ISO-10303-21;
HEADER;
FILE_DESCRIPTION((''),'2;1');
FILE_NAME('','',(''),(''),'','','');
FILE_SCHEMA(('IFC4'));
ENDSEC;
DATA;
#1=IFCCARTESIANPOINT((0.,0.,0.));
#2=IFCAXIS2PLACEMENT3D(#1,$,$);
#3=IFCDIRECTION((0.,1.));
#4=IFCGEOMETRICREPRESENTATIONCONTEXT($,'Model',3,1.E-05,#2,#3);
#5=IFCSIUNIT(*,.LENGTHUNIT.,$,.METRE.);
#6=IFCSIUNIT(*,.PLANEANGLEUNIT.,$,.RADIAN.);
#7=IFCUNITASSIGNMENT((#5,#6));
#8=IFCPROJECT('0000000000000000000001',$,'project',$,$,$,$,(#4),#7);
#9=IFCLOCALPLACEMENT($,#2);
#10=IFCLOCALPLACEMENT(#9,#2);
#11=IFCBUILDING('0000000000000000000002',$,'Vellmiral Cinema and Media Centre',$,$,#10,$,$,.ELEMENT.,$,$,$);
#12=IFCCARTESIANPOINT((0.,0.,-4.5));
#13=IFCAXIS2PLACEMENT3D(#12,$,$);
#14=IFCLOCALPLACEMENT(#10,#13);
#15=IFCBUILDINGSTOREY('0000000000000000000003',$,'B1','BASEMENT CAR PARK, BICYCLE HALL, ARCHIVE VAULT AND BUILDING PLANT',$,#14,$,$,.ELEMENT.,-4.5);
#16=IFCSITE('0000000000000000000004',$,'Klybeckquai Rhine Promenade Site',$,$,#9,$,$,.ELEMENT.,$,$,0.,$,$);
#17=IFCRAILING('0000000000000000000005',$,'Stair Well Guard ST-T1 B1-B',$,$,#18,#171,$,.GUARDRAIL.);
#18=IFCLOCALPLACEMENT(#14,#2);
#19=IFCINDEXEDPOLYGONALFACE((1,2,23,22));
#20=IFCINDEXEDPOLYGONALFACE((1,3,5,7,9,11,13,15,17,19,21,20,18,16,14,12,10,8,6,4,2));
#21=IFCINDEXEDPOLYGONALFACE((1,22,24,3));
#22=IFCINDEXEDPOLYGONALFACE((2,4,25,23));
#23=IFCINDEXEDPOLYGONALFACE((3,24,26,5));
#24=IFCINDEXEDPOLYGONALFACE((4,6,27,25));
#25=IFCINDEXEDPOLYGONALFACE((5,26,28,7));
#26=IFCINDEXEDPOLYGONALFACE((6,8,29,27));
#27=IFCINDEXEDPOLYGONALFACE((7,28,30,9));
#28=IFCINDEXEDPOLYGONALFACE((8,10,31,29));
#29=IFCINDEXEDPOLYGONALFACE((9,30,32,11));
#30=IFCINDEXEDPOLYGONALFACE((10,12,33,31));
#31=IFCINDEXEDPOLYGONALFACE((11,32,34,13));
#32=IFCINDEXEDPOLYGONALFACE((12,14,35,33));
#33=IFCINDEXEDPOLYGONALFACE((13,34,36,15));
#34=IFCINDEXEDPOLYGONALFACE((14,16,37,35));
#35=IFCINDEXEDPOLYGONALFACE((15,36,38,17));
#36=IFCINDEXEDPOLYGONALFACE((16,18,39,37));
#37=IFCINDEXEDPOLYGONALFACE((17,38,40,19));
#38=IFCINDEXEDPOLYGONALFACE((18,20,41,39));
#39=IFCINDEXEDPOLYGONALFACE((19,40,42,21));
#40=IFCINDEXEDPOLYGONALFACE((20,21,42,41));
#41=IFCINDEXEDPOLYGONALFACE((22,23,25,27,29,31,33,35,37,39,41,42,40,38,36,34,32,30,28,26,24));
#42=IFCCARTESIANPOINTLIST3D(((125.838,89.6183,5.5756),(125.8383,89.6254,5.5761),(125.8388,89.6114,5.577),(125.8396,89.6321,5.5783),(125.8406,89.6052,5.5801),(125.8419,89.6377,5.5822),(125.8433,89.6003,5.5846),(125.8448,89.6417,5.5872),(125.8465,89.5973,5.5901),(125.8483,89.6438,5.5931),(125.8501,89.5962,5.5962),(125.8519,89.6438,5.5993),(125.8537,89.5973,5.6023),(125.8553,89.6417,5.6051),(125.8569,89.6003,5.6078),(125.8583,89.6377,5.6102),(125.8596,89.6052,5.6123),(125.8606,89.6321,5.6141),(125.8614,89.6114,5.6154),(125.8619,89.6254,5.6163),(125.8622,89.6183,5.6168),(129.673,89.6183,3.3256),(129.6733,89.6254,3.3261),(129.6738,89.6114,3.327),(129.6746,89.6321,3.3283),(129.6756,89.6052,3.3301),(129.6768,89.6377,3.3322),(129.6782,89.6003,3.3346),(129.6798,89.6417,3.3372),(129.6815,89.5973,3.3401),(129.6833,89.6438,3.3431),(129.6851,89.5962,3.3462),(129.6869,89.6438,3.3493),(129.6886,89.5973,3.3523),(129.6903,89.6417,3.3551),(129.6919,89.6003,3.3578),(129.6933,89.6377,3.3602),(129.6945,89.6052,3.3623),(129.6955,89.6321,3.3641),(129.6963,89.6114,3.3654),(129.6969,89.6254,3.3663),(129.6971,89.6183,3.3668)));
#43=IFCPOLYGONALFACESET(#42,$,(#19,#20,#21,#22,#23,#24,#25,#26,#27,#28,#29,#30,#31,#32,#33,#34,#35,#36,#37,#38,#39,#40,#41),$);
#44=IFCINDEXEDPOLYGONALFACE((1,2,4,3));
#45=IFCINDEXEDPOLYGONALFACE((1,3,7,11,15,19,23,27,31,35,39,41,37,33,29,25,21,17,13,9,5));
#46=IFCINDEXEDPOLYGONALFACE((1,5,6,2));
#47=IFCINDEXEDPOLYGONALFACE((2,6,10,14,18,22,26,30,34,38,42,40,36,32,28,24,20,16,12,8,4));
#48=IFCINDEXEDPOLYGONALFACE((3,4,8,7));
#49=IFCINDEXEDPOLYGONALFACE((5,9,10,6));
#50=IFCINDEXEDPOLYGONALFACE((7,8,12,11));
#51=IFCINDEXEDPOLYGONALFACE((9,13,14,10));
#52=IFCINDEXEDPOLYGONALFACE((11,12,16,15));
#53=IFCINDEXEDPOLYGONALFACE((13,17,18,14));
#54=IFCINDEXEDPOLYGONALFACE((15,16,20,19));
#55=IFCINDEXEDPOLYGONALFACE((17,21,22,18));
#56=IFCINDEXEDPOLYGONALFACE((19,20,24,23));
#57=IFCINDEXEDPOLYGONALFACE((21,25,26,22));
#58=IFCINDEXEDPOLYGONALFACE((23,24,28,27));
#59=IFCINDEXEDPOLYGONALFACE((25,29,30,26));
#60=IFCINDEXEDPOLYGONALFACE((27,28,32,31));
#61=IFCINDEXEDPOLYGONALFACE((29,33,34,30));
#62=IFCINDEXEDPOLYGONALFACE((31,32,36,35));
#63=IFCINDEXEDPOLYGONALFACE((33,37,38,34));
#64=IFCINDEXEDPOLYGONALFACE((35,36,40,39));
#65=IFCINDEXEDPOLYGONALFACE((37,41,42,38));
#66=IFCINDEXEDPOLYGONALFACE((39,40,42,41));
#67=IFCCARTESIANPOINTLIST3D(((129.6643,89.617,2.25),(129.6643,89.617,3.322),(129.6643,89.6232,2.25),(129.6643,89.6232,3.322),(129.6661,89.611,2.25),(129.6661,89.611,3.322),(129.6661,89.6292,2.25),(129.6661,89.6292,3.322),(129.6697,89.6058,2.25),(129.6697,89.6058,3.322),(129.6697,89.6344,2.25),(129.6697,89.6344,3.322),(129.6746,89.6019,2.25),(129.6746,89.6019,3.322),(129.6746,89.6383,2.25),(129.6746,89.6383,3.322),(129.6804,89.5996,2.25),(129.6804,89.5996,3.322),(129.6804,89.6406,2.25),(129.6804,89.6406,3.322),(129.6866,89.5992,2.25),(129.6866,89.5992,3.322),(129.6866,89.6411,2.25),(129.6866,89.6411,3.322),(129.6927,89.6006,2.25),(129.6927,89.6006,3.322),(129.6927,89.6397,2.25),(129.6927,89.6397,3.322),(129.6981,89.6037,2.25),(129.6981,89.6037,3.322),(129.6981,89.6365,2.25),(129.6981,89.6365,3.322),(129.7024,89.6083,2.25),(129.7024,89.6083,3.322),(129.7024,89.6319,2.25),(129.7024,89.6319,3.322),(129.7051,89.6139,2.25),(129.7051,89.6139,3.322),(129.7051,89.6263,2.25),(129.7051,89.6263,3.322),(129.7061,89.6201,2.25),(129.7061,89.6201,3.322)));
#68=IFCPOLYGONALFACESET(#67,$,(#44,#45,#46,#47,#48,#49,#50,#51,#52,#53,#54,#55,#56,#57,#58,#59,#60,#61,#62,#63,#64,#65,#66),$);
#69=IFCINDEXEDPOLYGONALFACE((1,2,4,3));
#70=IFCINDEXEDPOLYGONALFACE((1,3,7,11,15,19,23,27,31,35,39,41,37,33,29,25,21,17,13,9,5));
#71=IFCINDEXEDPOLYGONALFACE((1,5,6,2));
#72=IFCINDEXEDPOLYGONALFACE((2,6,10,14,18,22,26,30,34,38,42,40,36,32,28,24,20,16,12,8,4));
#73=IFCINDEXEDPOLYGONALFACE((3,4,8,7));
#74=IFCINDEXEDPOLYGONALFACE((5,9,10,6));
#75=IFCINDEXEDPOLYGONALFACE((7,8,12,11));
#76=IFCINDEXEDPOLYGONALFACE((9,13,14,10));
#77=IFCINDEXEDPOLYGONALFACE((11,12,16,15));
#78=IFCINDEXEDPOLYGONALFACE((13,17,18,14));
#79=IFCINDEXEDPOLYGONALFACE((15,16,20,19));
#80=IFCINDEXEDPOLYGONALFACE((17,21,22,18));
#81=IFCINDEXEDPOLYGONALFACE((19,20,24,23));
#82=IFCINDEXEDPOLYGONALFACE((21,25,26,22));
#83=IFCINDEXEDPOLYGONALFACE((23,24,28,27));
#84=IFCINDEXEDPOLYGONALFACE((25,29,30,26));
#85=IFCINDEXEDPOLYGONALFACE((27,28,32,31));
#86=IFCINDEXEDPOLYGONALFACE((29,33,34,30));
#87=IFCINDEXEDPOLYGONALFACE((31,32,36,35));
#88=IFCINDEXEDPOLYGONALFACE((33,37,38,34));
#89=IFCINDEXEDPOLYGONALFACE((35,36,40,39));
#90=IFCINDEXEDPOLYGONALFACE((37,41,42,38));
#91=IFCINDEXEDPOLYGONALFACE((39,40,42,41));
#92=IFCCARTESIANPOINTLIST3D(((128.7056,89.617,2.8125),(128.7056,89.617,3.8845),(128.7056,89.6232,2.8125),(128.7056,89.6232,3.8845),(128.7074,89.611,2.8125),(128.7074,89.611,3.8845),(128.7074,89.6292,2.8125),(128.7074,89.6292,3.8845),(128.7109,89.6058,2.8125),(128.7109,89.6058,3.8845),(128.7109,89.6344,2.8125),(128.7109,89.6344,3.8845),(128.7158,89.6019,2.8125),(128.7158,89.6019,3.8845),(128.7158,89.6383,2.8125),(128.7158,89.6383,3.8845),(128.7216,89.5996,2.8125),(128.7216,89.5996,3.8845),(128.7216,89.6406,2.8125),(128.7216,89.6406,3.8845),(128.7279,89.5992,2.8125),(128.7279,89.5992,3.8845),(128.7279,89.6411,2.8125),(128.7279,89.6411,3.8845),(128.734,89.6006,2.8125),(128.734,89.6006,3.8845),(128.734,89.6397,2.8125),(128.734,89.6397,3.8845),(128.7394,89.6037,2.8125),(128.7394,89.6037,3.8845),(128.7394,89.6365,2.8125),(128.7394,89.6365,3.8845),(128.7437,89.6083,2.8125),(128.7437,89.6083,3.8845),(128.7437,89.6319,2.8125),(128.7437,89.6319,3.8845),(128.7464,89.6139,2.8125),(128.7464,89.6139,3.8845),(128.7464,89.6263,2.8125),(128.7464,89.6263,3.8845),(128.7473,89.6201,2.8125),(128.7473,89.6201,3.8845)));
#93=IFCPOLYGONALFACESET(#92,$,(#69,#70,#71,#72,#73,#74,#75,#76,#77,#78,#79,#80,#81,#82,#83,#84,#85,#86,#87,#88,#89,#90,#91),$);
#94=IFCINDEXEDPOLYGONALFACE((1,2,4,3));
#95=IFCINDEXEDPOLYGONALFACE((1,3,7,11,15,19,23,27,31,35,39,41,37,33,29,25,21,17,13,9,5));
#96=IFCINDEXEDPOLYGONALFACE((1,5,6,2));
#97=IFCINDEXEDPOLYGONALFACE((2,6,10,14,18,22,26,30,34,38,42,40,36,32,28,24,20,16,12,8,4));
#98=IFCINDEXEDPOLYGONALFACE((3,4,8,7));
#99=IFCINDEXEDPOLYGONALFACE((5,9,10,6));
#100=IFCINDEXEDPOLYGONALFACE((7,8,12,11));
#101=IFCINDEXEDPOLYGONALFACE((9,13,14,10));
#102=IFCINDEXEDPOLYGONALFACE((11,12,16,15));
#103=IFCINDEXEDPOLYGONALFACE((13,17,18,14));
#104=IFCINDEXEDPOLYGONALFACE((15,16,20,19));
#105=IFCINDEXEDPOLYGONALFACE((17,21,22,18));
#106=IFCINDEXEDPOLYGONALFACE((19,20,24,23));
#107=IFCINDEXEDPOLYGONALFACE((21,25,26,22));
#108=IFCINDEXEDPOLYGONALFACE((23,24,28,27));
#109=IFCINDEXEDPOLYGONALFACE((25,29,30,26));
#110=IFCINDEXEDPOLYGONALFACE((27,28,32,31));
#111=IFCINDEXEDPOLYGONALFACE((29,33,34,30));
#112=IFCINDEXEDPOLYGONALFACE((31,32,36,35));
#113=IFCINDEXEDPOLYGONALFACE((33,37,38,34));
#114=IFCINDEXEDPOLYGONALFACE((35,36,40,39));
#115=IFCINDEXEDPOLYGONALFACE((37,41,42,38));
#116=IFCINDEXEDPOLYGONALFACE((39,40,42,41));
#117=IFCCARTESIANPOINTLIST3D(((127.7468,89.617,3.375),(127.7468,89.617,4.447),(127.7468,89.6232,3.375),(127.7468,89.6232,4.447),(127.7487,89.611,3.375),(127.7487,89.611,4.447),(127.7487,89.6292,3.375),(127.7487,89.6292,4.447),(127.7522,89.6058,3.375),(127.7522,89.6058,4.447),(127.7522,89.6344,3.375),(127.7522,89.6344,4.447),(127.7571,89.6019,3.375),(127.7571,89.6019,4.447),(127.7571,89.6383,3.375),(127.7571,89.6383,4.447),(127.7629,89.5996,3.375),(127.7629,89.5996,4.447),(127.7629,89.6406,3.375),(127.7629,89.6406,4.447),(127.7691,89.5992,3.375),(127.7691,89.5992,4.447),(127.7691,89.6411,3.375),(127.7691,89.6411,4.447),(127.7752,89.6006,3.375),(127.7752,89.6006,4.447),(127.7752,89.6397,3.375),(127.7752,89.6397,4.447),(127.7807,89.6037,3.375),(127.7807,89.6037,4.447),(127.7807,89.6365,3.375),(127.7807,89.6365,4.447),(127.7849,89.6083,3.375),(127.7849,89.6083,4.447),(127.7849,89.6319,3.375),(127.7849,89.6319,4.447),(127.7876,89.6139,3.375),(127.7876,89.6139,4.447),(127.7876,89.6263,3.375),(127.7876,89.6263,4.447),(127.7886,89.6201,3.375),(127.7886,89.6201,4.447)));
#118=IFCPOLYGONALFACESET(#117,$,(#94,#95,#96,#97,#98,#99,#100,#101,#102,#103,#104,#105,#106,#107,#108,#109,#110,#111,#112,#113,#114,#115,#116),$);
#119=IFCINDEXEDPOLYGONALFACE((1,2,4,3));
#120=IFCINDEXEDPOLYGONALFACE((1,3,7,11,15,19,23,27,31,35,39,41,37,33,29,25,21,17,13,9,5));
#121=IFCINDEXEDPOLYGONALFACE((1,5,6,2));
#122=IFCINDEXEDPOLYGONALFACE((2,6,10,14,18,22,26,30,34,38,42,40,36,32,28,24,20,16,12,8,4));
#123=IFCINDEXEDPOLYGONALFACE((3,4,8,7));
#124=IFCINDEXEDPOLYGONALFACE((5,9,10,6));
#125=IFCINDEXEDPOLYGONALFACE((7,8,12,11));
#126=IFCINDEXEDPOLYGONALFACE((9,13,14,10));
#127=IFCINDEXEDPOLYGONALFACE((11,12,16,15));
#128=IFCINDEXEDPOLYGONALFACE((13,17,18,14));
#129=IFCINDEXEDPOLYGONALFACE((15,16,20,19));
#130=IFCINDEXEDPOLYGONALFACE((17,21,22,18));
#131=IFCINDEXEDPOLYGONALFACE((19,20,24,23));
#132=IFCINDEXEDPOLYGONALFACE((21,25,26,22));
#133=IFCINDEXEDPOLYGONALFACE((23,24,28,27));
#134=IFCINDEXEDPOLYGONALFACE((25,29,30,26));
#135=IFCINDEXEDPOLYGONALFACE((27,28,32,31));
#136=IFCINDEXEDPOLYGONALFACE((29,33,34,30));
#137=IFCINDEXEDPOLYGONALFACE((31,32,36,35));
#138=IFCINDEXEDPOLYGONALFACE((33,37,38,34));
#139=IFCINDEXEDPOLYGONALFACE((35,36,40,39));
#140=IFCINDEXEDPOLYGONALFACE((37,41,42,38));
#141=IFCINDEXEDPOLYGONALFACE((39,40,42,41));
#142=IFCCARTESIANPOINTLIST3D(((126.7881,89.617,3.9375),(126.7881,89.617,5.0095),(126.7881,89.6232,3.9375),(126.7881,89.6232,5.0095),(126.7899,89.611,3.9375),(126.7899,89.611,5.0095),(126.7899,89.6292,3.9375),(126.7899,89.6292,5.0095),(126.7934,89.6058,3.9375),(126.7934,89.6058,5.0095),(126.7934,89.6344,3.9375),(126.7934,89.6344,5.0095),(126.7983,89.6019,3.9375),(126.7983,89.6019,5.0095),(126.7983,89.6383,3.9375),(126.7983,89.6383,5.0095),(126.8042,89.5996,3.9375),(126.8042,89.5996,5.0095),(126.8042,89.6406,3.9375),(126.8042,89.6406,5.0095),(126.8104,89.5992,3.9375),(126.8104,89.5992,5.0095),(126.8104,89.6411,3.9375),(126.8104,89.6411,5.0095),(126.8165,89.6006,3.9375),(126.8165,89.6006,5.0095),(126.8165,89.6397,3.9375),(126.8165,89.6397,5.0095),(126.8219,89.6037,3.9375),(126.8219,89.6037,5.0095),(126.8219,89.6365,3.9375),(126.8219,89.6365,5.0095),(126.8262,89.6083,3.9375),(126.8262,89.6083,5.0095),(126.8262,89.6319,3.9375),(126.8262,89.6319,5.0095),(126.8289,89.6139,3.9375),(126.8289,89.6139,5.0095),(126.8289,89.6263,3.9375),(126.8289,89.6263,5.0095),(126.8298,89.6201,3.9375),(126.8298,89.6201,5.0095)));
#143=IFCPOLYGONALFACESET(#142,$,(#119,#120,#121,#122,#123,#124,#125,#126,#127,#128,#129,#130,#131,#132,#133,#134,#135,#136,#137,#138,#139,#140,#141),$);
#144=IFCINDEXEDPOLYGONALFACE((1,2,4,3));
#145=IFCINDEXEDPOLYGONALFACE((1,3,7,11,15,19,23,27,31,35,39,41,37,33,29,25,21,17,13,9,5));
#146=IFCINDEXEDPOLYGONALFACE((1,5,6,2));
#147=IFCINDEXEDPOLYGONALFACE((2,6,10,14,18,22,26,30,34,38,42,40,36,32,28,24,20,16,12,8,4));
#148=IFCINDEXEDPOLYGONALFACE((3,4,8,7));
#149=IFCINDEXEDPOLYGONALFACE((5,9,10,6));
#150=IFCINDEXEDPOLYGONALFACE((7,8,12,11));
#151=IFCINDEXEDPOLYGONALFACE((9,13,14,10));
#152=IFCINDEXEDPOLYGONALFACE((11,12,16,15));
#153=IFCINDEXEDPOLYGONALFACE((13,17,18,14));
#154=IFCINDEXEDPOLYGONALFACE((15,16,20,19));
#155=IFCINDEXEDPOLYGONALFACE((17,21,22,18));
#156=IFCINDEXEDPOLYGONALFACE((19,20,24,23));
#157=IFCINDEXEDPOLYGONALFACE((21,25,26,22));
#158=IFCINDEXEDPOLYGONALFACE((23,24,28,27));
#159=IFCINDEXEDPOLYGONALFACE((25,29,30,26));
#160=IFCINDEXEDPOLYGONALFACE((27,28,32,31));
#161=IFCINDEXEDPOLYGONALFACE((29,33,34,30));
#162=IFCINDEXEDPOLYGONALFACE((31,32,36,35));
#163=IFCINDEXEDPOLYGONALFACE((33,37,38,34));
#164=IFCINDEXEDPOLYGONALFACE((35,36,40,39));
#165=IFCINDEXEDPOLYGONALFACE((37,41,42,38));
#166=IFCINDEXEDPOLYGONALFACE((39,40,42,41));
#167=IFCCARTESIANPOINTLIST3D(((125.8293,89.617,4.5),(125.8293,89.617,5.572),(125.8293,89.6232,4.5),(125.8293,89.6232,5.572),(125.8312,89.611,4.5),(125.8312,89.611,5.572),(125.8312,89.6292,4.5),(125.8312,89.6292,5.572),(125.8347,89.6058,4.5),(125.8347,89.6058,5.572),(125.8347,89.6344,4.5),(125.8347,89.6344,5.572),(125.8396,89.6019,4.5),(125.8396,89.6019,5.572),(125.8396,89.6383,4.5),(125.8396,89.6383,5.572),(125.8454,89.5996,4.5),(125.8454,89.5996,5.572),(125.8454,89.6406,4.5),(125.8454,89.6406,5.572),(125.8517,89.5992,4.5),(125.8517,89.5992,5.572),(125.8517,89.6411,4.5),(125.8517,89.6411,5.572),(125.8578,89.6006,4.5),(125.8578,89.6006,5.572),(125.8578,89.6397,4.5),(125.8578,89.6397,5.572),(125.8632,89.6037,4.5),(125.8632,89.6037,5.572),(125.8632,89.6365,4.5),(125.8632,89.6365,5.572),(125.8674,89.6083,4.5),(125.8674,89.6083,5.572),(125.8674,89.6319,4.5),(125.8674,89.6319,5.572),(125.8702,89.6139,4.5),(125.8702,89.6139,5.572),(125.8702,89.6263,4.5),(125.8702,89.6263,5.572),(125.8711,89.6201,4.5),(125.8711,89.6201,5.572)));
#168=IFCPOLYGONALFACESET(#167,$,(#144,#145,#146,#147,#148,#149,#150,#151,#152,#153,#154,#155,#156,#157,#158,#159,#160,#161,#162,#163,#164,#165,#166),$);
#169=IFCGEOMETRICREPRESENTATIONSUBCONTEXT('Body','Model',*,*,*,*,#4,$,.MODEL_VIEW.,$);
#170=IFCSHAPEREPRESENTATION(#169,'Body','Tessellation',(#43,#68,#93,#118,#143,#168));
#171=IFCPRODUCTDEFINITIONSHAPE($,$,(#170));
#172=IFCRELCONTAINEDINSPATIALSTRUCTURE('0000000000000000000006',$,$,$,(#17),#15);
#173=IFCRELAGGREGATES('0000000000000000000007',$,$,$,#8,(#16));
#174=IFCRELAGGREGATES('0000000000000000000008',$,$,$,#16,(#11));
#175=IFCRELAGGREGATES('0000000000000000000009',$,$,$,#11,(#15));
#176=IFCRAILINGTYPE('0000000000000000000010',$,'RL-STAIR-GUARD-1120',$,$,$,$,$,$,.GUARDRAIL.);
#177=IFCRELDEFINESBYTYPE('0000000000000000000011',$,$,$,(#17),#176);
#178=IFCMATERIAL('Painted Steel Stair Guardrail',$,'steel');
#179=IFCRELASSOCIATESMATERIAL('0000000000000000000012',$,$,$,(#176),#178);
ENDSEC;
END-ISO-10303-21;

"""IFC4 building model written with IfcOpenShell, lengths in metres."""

from ifc_helpers import new_model, si_unit, direction, frame, origin, origin_2d, place, context, subcontext, project, spatial, circle, extrude, material, type_object, element, save


model = new_model("IFC4")

# Units and contexts
model_context = context("Model", 3, precision=1e-05, world=origin(), true_north=direction((0.0, 1.0)))
body_context = subcontext(model_context, "Body", "Model", "MODEL_VIEW")
ifc_project = project(units=[si_unit("LENGTHUNIT", "METRE"), si_unit("PLANEANGLEUNIT", "RADIAN")], contexts=[model_context])

# Site, building, storey
site_placement = place(None, origin())
site = spatial("IfcSite", under=ifc_project, at=site_placement, Name="Klybeckquai Rhine Promenade Site", CompositionType="ELEMENT", RefElevation=0.0)
building_placement = place(site_placement, origin())
building = spatial("IfcBuilding", under=site, at=building_placement, Name="Vellmiral Cinema and Media Centre", CompositionType="ELEMENT")
storey_placement = place(building_placement, frame((0.0, 0.0, -4.5)))
storey = spatial("IfcBuildingStorey", under=building, at=storey_placement, Name="B1", Description="BASEMENT CAR PARK, BICYCLE HALL, ARCHIVE VAULT AND BUILDING PLANT", CompositionType="ELEMENT", Elevation=-4.5)

# Railing
ifc_material_1 = material(Name="Painted Steel Stair Guardrail", Category="steel")
railing_type_1 = type_object("IfcRailingType", Name="RL-STAIR-GUARD-1120", PredefinedType="GUARDRAIL", material=ifc_material_1)
railing_1_placement = place(storey_placement, frame((129.6851, 89.6201, 2.25)))
element("IfcRailing", 1, at=railing_1_placement, inside=storey, type_object=railing_type_1, Name="Stair Well Guard ST-T1 B1-B", PredefinedType="GUARDRAIL", context=body_context, shape_type="SweptSolid", body=[
    extrude(circle(Radius=0.0239, at=origin_2d()), frame((0.0, 0.0, 1.0962), z_axis=(-0.86251, 0.0, 0.506041), x_axis=(0.0, -1.0, 0.0)), (0.0, 0.0, 1.0), 4.4463),
    extrude(circle(Radius=0.021, at=origin_2d()), origin(), (0.0, 0.0, 1.0), 1.072),
    extrude(circle(Radius=0.021, at=origin_2d()), frame((-0.9587, 0.0, 0.5625)), (0.0, 0.0, 1.0), 1.072),
    extrude(circle(Radius=0.021, at=origin_2d()), frame((-1.9175, 0.0, 1.125)), (0.0, 0.0, 1.0), 1.072),
    extrude(circle(Radius=0.021, at=origin_2d()), frame((-2.8762, 0.0, 1.6875)), (0.0, 0.0, 1.0), 1.072),
    extrude(circle(Radius=0.021, at=origin_2d()), frame((-3.835, 0.0, 2.25)), (0.0, 0.0, 1.0), 1.072),
])

save(model, "model.ifc")
